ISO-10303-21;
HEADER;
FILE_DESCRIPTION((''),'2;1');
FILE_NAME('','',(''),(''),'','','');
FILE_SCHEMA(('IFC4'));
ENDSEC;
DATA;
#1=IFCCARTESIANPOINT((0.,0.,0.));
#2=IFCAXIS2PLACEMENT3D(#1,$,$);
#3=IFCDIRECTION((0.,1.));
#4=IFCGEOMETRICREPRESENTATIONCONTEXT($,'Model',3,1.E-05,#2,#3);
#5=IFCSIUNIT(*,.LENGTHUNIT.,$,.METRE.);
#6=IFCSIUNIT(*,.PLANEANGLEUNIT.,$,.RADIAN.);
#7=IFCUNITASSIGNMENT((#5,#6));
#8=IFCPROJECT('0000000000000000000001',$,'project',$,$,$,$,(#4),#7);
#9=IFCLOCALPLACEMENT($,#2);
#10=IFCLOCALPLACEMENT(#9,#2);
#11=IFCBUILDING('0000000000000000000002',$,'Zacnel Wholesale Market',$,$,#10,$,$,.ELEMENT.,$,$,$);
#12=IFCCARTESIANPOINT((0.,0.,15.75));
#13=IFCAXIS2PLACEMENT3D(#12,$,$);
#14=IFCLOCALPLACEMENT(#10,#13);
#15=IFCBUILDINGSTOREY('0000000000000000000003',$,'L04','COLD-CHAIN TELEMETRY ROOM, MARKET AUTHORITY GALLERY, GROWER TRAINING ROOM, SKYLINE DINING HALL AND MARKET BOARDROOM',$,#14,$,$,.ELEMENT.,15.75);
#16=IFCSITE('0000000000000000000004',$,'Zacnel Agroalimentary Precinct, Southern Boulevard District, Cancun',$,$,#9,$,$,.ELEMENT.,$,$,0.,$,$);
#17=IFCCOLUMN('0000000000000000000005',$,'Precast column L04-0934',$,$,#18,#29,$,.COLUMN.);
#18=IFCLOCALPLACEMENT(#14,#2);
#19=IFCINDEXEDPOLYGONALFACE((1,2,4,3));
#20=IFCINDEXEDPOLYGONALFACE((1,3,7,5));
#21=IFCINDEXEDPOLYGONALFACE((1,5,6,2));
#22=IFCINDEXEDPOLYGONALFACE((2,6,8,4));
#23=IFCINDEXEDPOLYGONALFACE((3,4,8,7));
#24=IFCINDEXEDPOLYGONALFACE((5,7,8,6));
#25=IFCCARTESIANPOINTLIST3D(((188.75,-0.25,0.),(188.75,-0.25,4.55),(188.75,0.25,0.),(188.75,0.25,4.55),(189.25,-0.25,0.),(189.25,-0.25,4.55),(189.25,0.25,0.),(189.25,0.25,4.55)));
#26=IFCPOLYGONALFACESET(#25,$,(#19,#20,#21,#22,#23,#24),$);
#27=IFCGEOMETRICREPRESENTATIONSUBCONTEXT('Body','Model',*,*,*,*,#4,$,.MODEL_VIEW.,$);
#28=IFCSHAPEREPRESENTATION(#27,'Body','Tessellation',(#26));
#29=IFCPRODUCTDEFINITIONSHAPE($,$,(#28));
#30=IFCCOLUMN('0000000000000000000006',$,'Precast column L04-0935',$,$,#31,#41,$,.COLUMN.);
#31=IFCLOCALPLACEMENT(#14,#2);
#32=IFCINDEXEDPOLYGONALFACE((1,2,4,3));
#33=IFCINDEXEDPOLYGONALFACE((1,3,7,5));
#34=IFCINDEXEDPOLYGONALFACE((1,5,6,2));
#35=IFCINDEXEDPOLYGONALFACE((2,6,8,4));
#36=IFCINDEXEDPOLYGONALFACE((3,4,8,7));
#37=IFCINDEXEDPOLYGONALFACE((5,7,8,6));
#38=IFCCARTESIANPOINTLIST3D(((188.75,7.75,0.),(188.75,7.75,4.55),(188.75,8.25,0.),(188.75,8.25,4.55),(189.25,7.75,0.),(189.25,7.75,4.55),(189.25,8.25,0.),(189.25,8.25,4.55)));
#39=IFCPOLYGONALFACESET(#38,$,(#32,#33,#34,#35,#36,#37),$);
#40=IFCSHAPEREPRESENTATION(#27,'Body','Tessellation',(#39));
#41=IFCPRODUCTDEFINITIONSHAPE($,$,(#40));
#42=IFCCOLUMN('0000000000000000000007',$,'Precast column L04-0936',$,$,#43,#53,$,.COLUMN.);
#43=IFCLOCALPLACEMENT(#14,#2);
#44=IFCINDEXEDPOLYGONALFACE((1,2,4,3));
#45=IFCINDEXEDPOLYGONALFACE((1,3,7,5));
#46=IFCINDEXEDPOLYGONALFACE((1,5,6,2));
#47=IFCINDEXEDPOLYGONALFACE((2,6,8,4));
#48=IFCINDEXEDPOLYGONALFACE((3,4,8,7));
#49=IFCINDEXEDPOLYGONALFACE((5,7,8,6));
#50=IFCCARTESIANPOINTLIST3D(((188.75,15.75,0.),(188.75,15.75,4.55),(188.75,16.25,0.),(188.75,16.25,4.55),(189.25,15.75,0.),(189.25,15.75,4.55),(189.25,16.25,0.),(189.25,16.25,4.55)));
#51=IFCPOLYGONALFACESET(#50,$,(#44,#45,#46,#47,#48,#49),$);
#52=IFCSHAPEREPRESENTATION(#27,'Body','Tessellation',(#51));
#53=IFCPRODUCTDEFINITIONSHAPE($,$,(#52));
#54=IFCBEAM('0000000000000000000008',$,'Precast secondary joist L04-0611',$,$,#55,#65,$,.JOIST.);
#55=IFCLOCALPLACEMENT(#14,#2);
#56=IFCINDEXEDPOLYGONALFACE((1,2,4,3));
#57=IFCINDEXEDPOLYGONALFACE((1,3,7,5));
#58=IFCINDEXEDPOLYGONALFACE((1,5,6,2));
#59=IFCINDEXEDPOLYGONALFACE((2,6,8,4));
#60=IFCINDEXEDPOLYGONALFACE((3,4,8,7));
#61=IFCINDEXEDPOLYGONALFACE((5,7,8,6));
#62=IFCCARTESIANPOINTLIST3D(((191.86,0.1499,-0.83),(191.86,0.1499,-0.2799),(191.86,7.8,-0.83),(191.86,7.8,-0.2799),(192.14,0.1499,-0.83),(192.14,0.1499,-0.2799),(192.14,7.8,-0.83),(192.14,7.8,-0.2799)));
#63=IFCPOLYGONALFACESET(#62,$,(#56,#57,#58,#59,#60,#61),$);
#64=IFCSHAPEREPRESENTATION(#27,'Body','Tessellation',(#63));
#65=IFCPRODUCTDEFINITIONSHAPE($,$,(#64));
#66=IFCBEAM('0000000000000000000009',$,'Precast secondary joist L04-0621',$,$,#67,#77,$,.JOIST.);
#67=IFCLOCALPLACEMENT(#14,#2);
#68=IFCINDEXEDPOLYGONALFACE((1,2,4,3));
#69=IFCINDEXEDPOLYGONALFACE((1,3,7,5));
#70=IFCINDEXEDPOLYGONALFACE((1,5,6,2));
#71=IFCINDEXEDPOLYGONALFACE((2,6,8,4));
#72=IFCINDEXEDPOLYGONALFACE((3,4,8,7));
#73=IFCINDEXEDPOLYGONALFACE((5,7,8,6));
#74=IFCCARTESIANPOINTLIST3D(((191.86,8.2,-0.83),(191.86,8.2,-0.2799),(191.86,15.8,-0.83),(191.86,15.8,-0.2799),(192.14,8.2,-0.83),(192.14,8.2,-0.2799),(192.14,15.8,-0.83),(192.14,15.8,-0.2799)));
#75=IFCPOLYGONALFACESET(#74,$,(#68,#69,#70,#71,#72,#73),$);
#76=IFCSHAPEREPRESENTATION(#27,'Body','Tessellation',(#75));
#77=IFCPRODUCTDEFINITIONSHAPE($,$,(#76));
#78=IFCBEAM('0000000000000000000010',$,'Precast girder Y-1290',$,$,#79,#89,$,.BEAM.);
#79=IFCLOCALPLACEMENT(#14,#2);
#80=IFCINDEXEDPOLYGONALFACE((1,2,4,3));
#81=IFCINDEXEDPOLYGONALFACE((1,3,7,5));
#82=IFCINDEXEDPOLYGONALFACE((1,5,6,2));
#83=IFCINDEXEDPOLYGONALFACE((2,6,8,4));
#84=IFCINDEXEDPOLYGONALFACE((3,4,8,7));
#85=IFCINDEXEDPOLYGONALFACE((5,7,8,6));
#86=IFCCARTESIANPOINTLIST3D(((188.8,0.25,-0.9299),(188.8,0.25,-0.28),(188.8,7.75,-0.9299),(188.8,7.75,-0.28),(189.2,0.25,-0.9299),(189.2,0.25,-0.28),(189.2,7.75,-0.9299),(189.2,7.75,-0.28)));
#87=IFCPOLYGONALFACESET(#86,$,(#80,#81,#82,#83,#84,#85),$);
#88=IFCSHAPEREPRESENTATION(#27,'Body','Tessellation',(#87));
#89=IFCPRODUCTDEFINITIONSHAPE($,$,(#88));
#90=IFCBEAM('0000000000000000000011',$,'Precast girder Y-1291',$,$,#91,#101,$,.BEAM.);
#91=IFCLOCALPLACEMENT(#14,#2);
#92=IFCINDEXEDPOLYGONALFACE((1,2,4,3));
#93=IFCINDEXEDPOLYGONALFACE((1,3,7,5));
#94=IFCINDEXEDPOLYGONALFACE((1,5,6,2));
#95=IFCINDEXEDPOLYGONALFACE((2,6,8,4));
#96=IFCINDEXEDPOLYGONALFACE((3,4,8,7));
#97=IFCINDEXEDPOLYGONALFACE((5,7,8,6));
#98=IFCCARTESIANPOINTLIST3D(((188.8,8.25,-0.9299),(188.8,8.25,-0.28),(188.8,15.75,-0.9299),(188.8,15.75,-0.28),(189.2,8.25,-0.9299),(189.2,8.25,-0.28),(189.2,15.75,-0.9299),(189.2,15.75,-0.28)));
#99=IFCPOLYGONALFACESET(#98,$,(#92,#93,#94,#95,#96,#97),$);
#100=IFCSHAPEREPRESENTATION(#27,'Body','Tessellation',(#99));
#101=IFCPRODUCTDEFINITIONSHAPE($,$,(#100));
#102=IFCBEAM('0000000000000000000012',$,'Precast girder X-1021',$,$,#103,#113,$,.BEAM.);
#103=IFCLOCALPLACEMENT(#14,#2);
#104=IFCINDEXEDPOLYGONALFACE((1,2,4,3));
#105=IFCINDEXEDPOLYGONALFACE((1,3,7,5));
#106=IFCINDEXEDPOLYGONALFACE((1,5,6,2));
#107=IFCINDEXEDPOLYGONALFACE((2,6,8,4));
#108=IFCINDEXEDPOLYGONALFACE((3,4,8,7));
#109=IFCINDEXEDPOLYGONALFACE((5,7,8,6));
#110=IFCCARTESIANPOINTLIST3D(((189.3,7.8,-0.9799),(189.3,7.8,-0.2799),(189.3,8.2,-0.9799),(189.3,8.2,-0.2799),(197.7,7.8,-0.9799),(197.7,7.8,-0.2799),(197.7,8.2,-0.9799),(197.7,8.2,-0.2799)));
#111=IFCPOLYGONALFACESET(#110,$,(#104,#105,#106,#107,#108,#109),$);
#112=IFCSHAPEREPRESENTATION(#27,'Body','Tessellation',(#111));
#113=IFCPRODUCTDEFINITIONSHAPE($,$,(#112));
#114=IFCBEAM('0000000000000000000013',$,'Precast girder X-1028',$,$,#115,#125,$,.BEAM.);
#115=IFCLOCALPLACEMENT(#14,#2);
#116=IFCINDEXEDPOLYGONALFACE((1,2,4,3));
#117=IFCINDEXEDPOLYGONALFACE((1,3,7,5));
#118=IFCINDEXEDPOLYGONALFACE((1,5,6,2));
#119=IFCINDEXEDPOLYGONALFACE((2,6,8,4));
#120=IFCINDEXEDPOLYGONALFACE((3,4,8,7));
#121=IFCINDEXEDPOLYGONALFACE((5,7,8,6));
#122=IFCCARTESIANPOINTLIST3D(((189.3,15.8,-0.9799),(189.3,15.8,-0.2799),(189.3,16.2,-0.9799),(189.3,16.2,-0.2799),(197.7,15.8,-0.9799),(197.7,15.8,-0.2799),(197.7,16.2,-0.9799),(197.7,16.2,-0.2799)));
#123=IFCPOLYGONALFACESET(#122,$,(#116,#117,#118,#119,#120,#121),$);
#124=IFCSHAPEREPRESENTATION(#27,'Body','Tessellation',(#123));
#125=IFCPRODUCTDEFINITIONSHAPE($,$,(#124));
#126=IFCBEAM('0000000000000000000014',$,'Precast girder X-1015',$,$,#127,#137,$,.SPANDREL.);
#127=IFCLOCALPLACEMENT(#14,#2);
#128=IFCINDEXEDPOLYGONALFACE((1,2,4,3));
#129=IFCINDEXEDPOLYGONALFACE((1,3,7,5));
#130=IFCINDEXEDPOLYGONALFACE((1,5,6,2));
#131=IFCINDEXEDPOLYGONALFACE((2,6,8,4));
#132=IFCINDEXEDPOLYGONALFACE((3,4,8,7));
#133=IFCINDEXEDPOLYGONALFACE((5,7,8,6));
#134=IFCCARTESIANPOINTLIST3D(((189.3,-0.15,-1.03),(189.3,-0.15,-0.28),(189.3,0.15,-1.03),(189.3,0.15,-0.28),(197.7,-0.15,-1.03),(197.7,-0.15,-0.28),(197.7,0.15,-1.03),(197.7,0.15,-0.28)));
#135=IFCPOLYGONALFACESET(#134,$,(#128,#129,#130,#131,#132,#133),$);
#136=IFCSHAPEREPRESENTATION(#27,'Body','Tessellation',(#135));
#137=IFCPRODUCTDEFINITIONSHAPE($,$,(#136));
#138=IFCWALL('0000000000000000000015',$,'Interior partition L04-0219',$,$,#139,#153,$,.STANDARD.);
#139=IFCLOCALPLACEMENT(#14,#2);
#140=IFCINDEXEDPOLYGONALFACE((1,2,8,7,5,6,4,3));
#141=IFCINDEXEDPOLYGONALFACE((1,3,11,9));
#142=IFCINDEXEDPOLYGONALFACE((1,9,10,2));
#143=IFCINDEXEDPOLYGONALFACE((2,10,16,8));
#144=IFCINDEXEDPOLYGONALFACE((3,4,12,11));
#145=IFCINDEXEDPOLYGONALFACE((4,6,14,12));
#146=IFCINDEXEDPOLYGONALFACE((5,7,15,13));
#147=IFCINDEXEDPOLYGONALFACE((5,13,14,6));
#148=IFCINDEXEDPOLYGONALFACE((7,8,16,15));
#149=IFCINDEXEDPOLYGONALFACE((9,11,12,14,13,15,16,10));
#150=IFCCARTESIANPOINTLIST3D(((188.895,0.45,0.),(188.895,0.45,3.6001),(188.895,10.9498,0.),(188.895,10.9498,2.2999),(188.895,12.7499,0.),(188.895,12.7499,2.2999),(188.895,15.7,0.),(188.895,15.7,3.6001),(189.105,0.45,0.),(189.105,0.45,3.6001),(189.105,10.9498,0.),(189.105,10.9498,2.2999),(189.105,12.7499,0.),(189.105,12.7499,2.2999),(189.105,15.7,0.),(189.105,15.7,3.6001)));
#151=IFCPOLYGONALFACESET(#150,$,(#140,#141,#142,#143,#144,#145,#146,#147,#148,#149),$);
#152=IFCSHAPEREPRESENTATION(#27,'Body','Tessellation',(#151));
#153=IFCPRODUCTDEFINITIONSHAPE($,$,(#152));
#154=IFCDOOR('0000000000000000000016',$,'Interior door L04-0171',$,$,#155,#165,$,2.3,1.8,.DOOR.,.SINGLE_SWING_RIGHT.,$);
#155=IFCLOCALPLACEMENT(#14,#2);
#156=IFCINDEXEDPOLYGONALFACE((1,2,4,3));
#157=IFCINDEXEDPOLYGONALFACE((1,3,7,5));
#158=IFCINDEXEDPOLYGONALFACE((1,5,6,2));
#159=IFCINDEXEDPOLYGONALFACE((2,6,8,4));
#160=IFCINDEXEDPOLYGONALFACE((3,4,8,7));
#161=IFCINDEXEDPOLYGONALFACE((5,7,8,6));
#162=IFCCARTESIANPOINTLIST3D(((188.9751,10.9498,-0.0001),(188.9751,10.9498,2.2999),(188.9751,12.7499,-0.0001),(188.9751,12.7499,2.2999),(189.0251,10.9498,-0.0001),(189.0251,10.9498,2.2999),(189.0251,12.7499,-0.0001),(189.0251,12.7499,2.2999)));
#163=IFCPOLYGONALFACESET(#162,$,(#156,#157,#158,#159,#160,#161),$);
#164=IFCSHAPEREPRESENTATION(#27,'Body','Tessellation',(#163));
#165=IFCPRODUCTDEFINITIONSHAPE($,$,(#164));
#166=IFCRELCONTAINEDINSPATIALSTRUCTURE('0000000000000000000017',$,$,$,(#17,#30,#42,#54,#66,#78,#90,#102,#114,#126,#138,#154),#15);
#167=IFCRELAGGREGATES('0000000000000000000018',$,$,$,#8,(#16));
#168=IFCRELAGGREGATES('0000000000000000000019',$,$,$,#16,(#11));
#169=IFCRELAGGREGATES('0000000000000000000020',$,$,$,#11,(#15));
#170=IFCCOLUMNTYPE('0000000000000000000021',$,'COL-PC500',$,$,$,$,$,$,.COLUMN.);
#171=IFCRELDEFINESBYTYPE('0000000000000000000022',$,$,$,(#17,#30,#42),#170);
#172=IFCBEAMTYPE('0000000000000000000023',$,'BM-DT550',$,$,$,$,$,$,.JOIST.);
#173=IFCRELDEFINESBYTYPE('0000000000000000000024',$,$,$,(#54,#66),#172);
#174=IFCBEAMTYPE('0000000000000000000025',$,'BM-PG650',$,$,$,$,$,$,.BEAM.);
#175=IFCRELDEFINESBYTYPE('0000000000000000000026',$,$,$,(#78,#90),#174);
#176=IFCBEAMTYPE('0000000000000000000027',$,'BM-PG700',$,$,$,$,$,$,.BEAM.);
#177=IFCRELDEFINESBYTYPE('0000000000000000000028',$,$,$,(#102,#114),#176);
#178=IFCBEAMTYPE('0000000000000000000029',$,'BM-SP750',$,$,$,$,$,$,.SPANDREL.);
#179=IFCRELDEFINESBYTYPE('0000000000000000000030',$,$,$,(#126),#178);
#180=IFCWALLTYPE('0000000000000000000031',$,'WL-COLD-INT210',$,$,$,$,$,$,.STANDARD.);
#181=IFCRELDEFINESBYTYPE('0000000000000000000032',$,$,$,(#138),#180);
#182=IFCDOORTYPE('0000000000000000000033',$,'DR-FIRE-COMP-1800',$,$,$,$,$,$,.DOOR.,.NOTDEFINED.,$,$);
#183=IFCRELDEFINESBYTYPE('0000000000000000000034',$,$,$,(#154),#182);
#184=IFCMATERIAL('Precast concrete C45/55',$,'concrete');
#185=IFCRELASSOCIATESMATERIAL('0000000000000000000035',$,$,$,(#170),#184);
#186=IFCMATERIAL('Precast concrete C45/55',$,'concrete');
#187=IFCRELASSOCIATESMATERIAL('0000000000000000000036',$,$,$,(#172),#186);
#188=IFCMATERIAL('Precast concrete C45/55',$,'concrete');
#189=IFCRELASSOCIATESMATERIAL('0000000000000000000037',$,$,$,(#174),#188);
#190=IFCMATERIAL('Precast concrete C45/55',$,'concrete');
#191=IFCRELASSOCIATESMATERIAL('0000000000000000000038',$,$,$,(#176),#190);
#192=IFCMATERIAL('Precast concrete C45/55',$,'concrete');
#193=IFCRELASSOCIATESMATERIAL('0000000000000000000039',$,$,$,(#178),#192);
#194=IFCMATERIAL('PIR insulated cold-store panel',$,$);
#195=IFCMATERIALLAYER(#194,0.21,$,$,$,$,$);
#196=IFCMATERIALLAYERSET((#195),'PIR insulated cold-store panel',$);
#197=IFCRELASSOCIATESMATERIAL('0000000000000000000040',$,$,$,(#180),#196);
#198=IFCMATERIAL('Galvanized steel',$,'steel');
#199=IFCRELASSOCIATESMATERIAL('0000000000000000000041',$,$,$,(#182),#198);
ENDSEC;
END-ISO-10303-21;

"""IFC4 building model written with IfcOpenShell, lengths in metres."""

from ifc_helpers import new_model, si_unit, direction, frame, frame_2d, origin, origin_2d, place, context, subcontext, project, spatial, rectangle, extrude, material, layer, layer_set, material_profile, profile_set, type_object, element, fill, save


model = new_model("IFC4")

# Units and contexts
model_context = context("Model", 3, precision=1e-05, world=origin(), true_north=direction((0.0, 1.0)))
body_context = subcontext(model_context, "Body", "Model", "MODEL_VIEW")
ifc_project = project(units=[si_unit("LENGTHUNIT", "METRE"), si_unit("PLANEANGLEUNIT", "RADIAN")], contexts=[model_context])

# Site, building, storey
site_placement = place(None, origin())
site = spatial("IfcSite", under=ifc_project, at=site_placement, Name="Zacnel Agroalimentary Precinct, Southern Boulevard District, Cancun", CompositionType="ELEMENT", RefElevation=0.0)
building_placement = place(site_placement, origin())
building = spatial("IfcBuilding", under=site, at=building_placement, Name="Zacnel Wholesale Market", CompositionType="ELEMENT")
storey_placement = place(building_placement, frame((0.0, 0.0, 15.75)))
storey = spatial("IfcBuildingStorey", under=building, at=storey_placement, Name="L04", Description="COLD-CHAIN TELEMETRY ROOM, MARKET AUTHORITY GALLERY, GROWER TRAINING ROOM, SKYLINE DINING HALL AND MARKET BOARDROOM", CompositionType="ELEMENT", Elevation=15.75)

# Columns
ifc_material_1 = material(Name="Precast concrete C45/55", Category="concrete")
ifc_material_profile_1 = material_profile(ifc_material_1, rectangle(XDim=0.5, YDim=0.5, at=origin_2d()), Name="PC 500x500")
ifc_profile_set_1 = profile_set([ifc_material_profile_1], Name="Precast concrete C45/55")
column_type = type_object("IfcColumnType", Name="COL-PC500", PredefinedType="COLUMN", material=ifc_profile_set_1)
for number, where, z_axis, x_axis, name in (
    (1, (189.0, 0.0, 0.0), (0.0, 0.0, 1.0), (1.0, 0.0, 0.0), "Precast column L04-0934"),
    (2, (189.0, 8.0, 0.0), (0.0, 0.0, 1.0), (1.0, 0.0, 0.0), "Precast column L04-0935"),
    (3, (189.0, 16.0, 0.0), (0.0, 0.0, 1.0), (1.0, 0.0, 0.0), "Precast column L04-0936"),
):
    element("IfcColumn", number, at=place(storey_placement, frame(where, z_axis=z_axis, x_axis=x_axis)), inside=storey, type_object=column_type, Name=name, PredefinedType="COLUMN", context=body_context, shape_type="SweptSolid", body=[
        extrude(rectangle(XDim=0.5, YDim=0.5, at=origin_2d()), origin(), (0.0, 0.0, 1.0), 4.55),
    ])

# Beams
ifc_material_2 = material(Name="Precast concrete C45/55", Category="concrete")
ifc_material_profile_2 = material_profile(ifc_material_2, rectangle(XDim=0.28, YDim=0.55, at=origin_2d()), Name="DT RIB 280x550")
ifc_profile_set_2 = profile_set([ifc_material_profile_2], Name="Precast concrete C45/55")
beam_type_1 = type_object("IfcBeamType", Name="BM-DT550", PredefinedType="JOIST", material=ifc_profile_set_2)
beam_1_placement = place(storey_placement, frame((192.0, 0.1499, -0.5549), z_axis=(0.0, 1.0, 0.0), x_axis=(-1.0, 0.0, 0.0)))
element("IfcBeam", 4, at=beam_1_placement, inside=storey, type_object=beam_type_1, Name="Precast secondary joist L04-0611", PredefinedType="JOIST", context=body_context, shape_type="SweptSolid", body=[
    extrude(rectangle(XDim=0.28, YDim=0.55, at=origin_2d()), origin(), (0.0, 0.0, 1.0), 7.6501),
])
beam_2_placement = place(storey_placement, frame((192.0, 8.2, -0.5549), z_axis=(0.0, 1.0, 0.0), x_axis=(-1.0, 0.0, 0.0)))
element("IfcBeam", 5, at=beam_2_placement, inside=storey, type_object=beam_type_1, Name="Precast secondary joist L04-0621", PredefinedType="JOIST", context=body_context, shape_type="SweptSolid", body=[
    extrude(rectangle(XDim=0.28, YDim=0.55, at=origin_2d()), origin(), (0.0, 0.0, 1.0), 7.6001),
])
ifc_material_3 = material(Name="Precast concrete C45/55", Category="concrete")
ifc_material_profile_3 = material_profile(ifc_material_3, rectangle(XDim=0.3999, YDim=0.6499, at=origin_2d()), Name="PG 400x650")
ifc_profile_set_3 = profile_set([ifc_material_profile_3], Name="Precast concrete C45/55")
beam_type_2 = type_object("IfcBeamType", Name="BM-PG650", PredefinedType="BEAM", material=ifc_profile_set_3)
for number, where, z_axis, x_axis, name in (
    (6, (189.0, 0.25, -0.605), (0.0, 1.0, 0.0), (-1.0, 0.0, 0.0), "Precast girder Y-1290"),
    (7, (189.0, 8.25, -0.605), (0.0, 1.0, 0.0), (-1.0, 0.0, 0.0), "Precast girder Y-1291"),
):
    element("IfcBeam", number, at=place(storey_placement, frame(where, z_axis=z_axis, x_axis=x_axis)), inside=storey, type_object=beam_type_2, Name=name, PredefinedType="BEAM", context=body_context, shape_type="SweptSolid", body=[
        extrude(rectangle(XDim=0.3999, YDim=0.6499, at=origin_2d()), origin(), (0.0, 0.0, 1.0), 7.5),
    ])
ifc_material_4 = material(Name="Precast concrete C45/55", Category="concrete")
ifc_material_profile_4 = material_profile(ifc_material_4, rectangle(XDim=0.3999, YDim=0.7, at=origin_2d()), Name="PG 400x700")
ifc_profile_set_4 = profile_set([ifc_material_profile_4], Name="Precast concrete C45/55")
beam_type_3 = type_object("IfcBeamType", Name="BM-PG700", PredefinedType="BEAM", material=ifc_profile_set_4)
for number, where, z_axis, x_axis, name in (
    (8, (189.3, 8.0, -0.6299), (1.0, 0.0, 0.0), (0.0, 1.0, 0.0), "Precast girder X-1021"),
    (9, (189.3, 16.0, -0.6299), (1.0, 0.0, 0.0), (0.0, 1.0, 0.0), "Precast girder X-1028"),
):
    element("IfcBeam", number, at=place(storey_placement, frame(where, z_axis=z_axis, x_axis=x_axis)), inside=storey, type_object=beam_type_3, Name=name, PredefinedType="BEAM", context=body_context, shape_type="SweptSolid", body=[
        extrude(rectangle(XDim=0.3999, YDim=0.7, at=origin_2d()), origin(), (0.0, 0.0, 1.0), 8.3999),
    ])
ifc_material_5 = material(Name="Precast concrete C45/55", Category="concrete")
ifc_material_profile_5 = material_profile(ifc_material_5, rectangle(XDim=0.3, YDim=0.75, at=origin_2d()), Name="SP 300x750")
ifc_profile_set_5 = profile_set([ifc_material_profile_5], Name="Precast concrete C45/55")
beam_type_4 = type_object("IfcBeamType", Name="BM-SP750", PredefinedType="SPANDREL", material=ifc_profile_set_5)
beam_3_placement = place(storey_placement, frame((189.3, 0.0, -0.655), z_axis=(1.0, 0.0, 0.0), x_axis=(0.0, 1.0, 0.0)))
element("IfcBeam", 10, at=beam_3_placement, inside=storey, type_object=beam_type_4, Name="Precast girder X-1015", PredefinedType="SPANDREL", context=body_context, shape_type="SweptSolid", body=[
    extrude(rectangle(XDim=0.3, YDim=0.75, at=origin_2d()), origin(), (0.0, 0.0, 1.0), 8.3999),
])

# Wall, opening, door
ifc_material_6 = material(Name="PIR insulated cold-store panel")
ifc_layer_1 = layer(ifc_material_6, 0.21)
ifc_layer_set_1 = layer_set([ifc_layer_1], Name="PIR insulated cold-store panel")
wall_type_1 = type_object("IfcWallType", Name="WL-COLD-INT210", PredefinedType="STANDARD", material=ifc_layer_set_1)
wall_1_placement = place(storey_placement, frame((189.0, 0.45, 0.0), z_axis=(0.0, 0.0, 1.0), x_axis=(0.0, 1.0, 0.0)))
wall_1 = element("IfcWall", 11, at=wall_1_placement, inside=storey, type_object=wall_type_1, Name="Interior partition L04-0219", PredefinedType="STANDARD", context=body_context, shape_type="SweptSolid", body=[
    extrude(rectangle(XDim=15.25, YDim=0.21, at=frame_2d((7.625, 0.0))), origin(), (0.0, 0.0, 1.0), 3.6001),
])
opening_1_placement = place(wall_1_placement, frame((10.5, 0.0, 0.0)))
opening_1 = element("IfcOpeningElement", 12, at=opening_1_placement, cuts=wall_1, PredefinedType="OPENING", context=body_context, shape_type="SweptSolid", body=[
    extrude(rectangle(XDim=1.8, YDim=2.3, at=frame_2d((0.8999, 1.1499))), frame((0.0, 0.115, 0.0), z_axis=(0.0, -1.0, 0.0), x_axis=(1.0, 0.0, 0.0)), (0.0, 0.0, 1.0), 0.23),
])
ifc_material_7 = material(Name="Galvanized steel", Category="steel")
door_type_1 = type_object("IfcDoorType", Name="DR-FIRE-COMP-1800", OperationType="NOTDEFINED", PredefinedType="DOOR", material=ifc_material_7)
door_1_placement = place(opening_1_placement, origin())
door_1 = element("IfcDoor", 13, at=door_1_placement, inside=storey, type_object=door_type_1, Name="Interior door L04-0171", OperationType="SINGLE_SWING_RIGHT", OverallHeight=2.3, OverallWidth=1.8, PredefinedType="DOOR", context=body_context, shape_type="SweptSolid", body=[
    extrude(rectangle(XDim=1.8, YDim=2.3, at=frame_2d((0.8999, 1.1499))), frame((0.0, 0.0249, 0.0), z_axis=(0.0, -1.0, 0.0), x_axis=(1.0, 0.0, 0.0)), (0.0, 0.0, 1.0), 0.05),
])
fill(opening_1, door_1)

save(model, "model.ifc")
